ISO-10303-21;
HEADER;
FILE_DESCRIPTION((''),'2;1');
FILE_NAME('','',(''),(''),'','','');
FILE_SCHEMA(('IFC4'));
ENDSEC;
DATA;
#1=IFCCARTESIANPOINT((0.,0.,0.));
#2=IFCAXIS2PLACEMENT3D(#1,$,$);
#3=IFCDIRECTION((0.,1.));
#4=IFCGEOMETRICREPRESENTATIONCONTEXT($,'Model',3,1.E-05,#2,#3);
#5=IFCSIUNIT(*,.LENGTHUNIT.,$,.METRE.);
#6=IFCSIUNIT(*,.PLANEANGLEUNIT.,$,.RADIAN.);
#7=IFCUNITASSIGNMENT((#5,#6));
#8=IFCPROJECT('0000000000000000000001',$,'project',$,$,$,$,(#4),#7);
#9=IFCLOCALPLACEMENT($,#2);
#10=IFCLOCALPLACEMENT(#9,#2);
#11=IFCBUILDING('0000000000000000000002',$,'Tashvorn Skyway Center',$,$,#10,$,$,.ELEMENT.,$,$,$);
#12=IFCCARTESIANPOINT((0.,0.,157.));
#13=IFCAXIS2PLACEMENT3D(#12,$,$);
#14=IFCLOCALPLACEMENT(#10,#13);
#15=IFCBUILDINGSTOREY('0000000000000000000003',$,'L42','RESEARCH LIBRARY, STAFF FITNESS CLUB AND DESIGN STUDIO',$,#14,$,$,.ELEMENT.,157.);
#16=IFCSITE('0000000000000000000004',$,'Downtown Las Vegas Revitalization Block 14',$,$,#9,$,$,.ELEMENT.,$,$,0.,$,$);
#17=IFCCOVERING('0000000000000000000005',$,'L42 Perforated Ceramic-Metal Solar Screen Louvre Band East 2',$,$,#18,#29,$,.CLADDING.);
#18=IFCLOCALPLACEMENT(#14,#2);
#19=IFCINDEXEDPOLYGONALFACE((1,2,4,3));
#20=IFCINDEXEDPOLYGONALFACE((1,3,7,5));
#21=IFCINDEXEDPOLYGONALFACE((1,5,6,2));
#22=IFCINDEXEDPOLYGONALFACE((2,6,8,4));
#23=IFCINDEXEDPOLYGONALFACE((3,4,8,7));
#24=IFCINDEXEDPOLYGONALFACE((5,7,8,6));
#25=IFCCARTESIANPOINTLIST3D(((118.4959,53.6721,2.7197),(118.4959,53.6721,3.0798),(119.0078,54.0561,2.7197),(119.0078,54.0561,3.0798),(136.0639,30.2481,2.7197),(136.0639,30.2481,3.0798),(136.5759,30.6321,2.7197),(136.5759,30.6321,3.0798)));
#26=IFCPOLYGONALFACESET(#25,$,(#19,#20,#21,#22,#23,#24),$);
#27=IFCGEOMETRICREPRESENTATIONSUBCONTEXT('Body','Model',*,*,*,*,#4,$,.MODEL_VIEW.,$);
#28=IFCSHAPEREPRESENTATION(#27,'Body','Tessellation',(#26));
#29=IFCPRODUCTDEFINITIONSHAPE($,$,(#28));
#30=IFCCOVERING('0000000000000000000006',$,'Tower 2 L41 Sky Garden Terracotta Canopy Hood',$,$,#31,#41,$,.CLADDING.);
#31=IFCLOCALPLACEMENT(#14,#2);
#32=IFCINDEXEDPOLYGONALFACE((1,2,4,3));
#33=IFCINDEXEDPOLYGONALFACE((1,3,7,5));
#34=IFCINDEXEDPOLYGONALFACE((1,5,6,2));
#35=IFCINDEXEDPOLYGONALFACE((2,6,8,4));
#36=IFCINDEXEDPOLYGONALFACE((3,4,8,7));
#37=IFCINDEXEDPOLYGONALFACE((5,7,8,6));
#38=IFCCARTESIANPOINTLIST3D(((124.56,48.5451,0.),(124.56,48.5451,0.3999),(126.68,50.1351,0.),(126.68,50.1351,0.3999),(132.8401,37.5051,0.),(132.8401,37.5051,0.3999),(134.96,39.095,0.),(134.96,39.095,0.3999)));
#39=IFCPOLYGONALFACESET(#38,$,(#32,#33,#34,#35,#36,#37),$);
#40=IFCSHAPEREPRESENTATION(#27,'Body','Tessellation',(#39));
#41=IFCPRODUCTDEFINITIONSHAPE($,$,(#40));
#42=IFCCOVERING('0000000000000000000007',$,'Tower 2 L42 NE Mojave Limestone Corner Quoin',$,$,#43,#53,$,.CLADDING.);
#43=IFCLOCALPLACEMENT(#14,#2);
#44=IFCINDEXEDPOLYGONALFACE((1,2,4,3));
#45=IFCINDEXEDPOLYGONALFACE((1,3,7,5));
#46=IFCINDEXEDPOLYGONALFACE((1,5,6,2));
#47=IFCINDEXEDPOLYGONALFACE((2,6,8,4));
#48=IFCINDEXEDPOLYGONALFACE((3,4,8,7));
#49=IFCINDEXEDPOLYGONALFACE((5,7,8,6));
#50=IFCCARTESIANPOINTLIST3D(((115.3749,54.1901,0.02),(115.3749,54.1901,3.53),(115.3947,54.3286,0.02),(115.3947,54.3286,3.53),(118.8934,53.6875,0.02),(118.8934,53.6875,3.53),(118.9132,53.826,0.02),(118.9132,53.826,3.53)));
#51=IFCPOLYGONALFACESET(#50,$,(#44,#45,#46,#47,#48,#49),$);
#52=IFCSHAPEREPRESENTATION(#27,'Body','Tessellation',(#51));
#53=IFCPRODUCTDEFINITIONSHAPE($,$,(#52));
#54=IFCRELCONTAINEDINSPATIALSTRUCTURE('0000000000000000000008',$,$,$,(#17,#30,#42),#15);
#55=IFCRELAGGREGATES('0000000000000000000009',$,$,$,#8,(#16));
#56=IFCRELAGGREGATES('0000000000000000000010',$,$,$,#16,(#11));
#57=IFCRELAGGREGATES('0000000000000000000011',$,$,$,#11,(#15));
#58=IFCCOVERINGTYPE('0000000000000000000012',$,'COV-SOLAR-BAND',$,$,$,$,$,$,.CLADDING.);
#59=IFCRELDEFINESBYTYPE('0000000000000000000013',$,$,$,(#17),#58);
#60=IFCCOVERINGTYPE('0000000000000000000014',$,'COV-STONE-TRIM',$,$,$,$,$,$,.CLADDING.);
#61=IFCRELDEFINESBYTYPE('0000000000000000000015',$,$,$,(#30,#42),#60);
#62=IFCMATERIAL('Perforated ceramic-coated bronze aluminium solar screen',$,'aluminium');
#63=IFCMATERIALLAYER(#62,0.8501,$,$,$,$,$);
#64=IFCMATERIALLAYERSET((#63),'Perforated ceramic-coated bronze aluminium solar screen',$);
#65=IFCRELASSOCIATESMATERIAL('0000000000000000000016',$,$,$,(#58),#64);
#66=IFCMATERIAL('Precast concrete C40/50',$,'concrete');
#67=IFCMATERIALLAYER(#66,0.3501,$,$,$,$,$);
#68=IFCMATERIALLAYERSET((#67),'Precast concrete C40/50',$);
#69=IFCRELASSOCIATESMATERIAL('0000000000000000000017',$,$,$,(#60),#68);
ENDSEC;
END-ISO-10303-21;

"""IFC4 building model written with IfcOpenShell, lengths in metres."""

from ifc_helpers import new_model, si_unit, direction, frame, origin, origin_2d, place, context, subcontext, project, spatial, rectangle, extrude, material, layer, layer_set, type_object, element, save


model = new_model("IFC4")

# Units and contexts
model_context = context("Model", 3, precision=1e-05, world=origin(), true_north=direction((0.0, 1.0)))
body_context = subcontext(model_context, "Body", "Model", "MODEL_VIEW")
ifc_project = project(units=[si_unit("LENGTHUNIT", "METRE"), si_unit("PLANEANGLEUNIT", "RADIAN")], contexts=[model_context])

# Site, building, storey
site_placement = place(None, origin())
site = spatial("IfcSite", under=ifc_project, at=site_placement, Name="Downtown Las Vegas Revitalization Block 14", CompositionType="ELEMENT", RefElevation=0.0)
building_placement = place(site_placement, origin())
building = spatial("IfcBuilding", under=site, at=building_placement, Name="Tashvorn Skyway Center", CompositionType="ELEMENT")
storey_placement = place(building_placement, frame((0.0, 0.0, 157.0)))
storey = spatial("IfcBuildingStorey", under=building, at=storey_placement, Name="L42", Description="RESEARCH LIBRARY, STAFF FITNESS CLUB AND DESIGN STUDIO", CompositionType="ELEMENT", Elevation=157.0)

# Shared definitions
ifc_material_1 = material(Name="Precast concrete C40/50", Category="concrete")

# Coverings
ifc_material_2 = material(Name="Perforated ceramic-coated bronze aluminium solar screen", Category="aluminium")
ifc_layer_1 = layer(ifc_material_2, 0.8501)
ifc_layer_set_1 = layer_set([ifc_layer_1], Name="Perforated ceramic-coated bronze aluminium solar screen")
covering_type_1 = type_object("IfcCoveringType", Name="COV-SOLAR-BAND", PredefinedType="CLADDING", material=ifc_layer_set_1)
for number, where, z_axis, x_axis, name in (
    (1, (127.5359, 42.1521, 2.7197), (0.0, 0.0, 1.0), (0.6, -0.8, 0.0), "L42 Perforated Ceramic-Metal Solar Screen Louvre Band East 2"),
):
    element("IfcCovering", number, at=place(storey_placement, frame(where, z_axis=z_axis, x_axis=x_axis)), inside=storey, type_object=covering_type_1, Name=name, PredefinedType="CLADDING", context=body_context, shape_type="SweptSolid", body=[
        extrude(rectangle(XDim=29.28, YDim=0.6399, at=origin_2d()), origin(), (0.0, 0.0, 1.0), 0.3601),
    ])
ifc_layer_2 = layer(ifc_material_1, 0.3501)
ifc_layer_set_2 = layer_set([ifc_layer_2], Name="Precast concrete C40/50")
covering_type_2 = type_object("IfcCoveringType", Name="COV-STONE-TRIM", PredefinedType="CLADDING", material=ifc_layer_set_2)
covering_1_placement = place(storey_placement, frame((129.76, 43.8201, 0.0), z_axis=(0.0, 0.0, 1.0), x_axis=(0.6, -0.8, 0.0)))
element("IfcCovering", 2, at=covering_1_placement, inside=storey, type_object=covering_type_2, Name="Tower 2 L41 Sky Garden Terracotta Canopy Hood", PredefinedType="CLADDING", context=body_context, shape_type="SweptSolid", body=[
    extrude(rectangle(XDim=13.8, YDim=2.6499, at=origin_2d()), origin(), (0.0, 0.0, 1.0), 0.3999),
])
covering_2_placement = place(storey_placement, frame((117.144, 54.0081, 0.02), z_axis=(0.0, 0.0, 1.0), x_axis=(0.989949, -0.141421, 0.0)))
element("IfcCovering", 3, at=covering_2_placement, inside=storey, type_object=covering_type_2, Name="Tower 2 L42 NE Mojave Limestone Corner Quoin", PredefinedType="CLADDING", context=body_context, shape_type="SweptSolid", body=[
    extrude(rectangle(XDim=3.5542, YDim=0.1399, at=origin_2d()), origin(), (0.0, 0.0, 1.0), 3.51),
])

save(model, "model.ifc")
